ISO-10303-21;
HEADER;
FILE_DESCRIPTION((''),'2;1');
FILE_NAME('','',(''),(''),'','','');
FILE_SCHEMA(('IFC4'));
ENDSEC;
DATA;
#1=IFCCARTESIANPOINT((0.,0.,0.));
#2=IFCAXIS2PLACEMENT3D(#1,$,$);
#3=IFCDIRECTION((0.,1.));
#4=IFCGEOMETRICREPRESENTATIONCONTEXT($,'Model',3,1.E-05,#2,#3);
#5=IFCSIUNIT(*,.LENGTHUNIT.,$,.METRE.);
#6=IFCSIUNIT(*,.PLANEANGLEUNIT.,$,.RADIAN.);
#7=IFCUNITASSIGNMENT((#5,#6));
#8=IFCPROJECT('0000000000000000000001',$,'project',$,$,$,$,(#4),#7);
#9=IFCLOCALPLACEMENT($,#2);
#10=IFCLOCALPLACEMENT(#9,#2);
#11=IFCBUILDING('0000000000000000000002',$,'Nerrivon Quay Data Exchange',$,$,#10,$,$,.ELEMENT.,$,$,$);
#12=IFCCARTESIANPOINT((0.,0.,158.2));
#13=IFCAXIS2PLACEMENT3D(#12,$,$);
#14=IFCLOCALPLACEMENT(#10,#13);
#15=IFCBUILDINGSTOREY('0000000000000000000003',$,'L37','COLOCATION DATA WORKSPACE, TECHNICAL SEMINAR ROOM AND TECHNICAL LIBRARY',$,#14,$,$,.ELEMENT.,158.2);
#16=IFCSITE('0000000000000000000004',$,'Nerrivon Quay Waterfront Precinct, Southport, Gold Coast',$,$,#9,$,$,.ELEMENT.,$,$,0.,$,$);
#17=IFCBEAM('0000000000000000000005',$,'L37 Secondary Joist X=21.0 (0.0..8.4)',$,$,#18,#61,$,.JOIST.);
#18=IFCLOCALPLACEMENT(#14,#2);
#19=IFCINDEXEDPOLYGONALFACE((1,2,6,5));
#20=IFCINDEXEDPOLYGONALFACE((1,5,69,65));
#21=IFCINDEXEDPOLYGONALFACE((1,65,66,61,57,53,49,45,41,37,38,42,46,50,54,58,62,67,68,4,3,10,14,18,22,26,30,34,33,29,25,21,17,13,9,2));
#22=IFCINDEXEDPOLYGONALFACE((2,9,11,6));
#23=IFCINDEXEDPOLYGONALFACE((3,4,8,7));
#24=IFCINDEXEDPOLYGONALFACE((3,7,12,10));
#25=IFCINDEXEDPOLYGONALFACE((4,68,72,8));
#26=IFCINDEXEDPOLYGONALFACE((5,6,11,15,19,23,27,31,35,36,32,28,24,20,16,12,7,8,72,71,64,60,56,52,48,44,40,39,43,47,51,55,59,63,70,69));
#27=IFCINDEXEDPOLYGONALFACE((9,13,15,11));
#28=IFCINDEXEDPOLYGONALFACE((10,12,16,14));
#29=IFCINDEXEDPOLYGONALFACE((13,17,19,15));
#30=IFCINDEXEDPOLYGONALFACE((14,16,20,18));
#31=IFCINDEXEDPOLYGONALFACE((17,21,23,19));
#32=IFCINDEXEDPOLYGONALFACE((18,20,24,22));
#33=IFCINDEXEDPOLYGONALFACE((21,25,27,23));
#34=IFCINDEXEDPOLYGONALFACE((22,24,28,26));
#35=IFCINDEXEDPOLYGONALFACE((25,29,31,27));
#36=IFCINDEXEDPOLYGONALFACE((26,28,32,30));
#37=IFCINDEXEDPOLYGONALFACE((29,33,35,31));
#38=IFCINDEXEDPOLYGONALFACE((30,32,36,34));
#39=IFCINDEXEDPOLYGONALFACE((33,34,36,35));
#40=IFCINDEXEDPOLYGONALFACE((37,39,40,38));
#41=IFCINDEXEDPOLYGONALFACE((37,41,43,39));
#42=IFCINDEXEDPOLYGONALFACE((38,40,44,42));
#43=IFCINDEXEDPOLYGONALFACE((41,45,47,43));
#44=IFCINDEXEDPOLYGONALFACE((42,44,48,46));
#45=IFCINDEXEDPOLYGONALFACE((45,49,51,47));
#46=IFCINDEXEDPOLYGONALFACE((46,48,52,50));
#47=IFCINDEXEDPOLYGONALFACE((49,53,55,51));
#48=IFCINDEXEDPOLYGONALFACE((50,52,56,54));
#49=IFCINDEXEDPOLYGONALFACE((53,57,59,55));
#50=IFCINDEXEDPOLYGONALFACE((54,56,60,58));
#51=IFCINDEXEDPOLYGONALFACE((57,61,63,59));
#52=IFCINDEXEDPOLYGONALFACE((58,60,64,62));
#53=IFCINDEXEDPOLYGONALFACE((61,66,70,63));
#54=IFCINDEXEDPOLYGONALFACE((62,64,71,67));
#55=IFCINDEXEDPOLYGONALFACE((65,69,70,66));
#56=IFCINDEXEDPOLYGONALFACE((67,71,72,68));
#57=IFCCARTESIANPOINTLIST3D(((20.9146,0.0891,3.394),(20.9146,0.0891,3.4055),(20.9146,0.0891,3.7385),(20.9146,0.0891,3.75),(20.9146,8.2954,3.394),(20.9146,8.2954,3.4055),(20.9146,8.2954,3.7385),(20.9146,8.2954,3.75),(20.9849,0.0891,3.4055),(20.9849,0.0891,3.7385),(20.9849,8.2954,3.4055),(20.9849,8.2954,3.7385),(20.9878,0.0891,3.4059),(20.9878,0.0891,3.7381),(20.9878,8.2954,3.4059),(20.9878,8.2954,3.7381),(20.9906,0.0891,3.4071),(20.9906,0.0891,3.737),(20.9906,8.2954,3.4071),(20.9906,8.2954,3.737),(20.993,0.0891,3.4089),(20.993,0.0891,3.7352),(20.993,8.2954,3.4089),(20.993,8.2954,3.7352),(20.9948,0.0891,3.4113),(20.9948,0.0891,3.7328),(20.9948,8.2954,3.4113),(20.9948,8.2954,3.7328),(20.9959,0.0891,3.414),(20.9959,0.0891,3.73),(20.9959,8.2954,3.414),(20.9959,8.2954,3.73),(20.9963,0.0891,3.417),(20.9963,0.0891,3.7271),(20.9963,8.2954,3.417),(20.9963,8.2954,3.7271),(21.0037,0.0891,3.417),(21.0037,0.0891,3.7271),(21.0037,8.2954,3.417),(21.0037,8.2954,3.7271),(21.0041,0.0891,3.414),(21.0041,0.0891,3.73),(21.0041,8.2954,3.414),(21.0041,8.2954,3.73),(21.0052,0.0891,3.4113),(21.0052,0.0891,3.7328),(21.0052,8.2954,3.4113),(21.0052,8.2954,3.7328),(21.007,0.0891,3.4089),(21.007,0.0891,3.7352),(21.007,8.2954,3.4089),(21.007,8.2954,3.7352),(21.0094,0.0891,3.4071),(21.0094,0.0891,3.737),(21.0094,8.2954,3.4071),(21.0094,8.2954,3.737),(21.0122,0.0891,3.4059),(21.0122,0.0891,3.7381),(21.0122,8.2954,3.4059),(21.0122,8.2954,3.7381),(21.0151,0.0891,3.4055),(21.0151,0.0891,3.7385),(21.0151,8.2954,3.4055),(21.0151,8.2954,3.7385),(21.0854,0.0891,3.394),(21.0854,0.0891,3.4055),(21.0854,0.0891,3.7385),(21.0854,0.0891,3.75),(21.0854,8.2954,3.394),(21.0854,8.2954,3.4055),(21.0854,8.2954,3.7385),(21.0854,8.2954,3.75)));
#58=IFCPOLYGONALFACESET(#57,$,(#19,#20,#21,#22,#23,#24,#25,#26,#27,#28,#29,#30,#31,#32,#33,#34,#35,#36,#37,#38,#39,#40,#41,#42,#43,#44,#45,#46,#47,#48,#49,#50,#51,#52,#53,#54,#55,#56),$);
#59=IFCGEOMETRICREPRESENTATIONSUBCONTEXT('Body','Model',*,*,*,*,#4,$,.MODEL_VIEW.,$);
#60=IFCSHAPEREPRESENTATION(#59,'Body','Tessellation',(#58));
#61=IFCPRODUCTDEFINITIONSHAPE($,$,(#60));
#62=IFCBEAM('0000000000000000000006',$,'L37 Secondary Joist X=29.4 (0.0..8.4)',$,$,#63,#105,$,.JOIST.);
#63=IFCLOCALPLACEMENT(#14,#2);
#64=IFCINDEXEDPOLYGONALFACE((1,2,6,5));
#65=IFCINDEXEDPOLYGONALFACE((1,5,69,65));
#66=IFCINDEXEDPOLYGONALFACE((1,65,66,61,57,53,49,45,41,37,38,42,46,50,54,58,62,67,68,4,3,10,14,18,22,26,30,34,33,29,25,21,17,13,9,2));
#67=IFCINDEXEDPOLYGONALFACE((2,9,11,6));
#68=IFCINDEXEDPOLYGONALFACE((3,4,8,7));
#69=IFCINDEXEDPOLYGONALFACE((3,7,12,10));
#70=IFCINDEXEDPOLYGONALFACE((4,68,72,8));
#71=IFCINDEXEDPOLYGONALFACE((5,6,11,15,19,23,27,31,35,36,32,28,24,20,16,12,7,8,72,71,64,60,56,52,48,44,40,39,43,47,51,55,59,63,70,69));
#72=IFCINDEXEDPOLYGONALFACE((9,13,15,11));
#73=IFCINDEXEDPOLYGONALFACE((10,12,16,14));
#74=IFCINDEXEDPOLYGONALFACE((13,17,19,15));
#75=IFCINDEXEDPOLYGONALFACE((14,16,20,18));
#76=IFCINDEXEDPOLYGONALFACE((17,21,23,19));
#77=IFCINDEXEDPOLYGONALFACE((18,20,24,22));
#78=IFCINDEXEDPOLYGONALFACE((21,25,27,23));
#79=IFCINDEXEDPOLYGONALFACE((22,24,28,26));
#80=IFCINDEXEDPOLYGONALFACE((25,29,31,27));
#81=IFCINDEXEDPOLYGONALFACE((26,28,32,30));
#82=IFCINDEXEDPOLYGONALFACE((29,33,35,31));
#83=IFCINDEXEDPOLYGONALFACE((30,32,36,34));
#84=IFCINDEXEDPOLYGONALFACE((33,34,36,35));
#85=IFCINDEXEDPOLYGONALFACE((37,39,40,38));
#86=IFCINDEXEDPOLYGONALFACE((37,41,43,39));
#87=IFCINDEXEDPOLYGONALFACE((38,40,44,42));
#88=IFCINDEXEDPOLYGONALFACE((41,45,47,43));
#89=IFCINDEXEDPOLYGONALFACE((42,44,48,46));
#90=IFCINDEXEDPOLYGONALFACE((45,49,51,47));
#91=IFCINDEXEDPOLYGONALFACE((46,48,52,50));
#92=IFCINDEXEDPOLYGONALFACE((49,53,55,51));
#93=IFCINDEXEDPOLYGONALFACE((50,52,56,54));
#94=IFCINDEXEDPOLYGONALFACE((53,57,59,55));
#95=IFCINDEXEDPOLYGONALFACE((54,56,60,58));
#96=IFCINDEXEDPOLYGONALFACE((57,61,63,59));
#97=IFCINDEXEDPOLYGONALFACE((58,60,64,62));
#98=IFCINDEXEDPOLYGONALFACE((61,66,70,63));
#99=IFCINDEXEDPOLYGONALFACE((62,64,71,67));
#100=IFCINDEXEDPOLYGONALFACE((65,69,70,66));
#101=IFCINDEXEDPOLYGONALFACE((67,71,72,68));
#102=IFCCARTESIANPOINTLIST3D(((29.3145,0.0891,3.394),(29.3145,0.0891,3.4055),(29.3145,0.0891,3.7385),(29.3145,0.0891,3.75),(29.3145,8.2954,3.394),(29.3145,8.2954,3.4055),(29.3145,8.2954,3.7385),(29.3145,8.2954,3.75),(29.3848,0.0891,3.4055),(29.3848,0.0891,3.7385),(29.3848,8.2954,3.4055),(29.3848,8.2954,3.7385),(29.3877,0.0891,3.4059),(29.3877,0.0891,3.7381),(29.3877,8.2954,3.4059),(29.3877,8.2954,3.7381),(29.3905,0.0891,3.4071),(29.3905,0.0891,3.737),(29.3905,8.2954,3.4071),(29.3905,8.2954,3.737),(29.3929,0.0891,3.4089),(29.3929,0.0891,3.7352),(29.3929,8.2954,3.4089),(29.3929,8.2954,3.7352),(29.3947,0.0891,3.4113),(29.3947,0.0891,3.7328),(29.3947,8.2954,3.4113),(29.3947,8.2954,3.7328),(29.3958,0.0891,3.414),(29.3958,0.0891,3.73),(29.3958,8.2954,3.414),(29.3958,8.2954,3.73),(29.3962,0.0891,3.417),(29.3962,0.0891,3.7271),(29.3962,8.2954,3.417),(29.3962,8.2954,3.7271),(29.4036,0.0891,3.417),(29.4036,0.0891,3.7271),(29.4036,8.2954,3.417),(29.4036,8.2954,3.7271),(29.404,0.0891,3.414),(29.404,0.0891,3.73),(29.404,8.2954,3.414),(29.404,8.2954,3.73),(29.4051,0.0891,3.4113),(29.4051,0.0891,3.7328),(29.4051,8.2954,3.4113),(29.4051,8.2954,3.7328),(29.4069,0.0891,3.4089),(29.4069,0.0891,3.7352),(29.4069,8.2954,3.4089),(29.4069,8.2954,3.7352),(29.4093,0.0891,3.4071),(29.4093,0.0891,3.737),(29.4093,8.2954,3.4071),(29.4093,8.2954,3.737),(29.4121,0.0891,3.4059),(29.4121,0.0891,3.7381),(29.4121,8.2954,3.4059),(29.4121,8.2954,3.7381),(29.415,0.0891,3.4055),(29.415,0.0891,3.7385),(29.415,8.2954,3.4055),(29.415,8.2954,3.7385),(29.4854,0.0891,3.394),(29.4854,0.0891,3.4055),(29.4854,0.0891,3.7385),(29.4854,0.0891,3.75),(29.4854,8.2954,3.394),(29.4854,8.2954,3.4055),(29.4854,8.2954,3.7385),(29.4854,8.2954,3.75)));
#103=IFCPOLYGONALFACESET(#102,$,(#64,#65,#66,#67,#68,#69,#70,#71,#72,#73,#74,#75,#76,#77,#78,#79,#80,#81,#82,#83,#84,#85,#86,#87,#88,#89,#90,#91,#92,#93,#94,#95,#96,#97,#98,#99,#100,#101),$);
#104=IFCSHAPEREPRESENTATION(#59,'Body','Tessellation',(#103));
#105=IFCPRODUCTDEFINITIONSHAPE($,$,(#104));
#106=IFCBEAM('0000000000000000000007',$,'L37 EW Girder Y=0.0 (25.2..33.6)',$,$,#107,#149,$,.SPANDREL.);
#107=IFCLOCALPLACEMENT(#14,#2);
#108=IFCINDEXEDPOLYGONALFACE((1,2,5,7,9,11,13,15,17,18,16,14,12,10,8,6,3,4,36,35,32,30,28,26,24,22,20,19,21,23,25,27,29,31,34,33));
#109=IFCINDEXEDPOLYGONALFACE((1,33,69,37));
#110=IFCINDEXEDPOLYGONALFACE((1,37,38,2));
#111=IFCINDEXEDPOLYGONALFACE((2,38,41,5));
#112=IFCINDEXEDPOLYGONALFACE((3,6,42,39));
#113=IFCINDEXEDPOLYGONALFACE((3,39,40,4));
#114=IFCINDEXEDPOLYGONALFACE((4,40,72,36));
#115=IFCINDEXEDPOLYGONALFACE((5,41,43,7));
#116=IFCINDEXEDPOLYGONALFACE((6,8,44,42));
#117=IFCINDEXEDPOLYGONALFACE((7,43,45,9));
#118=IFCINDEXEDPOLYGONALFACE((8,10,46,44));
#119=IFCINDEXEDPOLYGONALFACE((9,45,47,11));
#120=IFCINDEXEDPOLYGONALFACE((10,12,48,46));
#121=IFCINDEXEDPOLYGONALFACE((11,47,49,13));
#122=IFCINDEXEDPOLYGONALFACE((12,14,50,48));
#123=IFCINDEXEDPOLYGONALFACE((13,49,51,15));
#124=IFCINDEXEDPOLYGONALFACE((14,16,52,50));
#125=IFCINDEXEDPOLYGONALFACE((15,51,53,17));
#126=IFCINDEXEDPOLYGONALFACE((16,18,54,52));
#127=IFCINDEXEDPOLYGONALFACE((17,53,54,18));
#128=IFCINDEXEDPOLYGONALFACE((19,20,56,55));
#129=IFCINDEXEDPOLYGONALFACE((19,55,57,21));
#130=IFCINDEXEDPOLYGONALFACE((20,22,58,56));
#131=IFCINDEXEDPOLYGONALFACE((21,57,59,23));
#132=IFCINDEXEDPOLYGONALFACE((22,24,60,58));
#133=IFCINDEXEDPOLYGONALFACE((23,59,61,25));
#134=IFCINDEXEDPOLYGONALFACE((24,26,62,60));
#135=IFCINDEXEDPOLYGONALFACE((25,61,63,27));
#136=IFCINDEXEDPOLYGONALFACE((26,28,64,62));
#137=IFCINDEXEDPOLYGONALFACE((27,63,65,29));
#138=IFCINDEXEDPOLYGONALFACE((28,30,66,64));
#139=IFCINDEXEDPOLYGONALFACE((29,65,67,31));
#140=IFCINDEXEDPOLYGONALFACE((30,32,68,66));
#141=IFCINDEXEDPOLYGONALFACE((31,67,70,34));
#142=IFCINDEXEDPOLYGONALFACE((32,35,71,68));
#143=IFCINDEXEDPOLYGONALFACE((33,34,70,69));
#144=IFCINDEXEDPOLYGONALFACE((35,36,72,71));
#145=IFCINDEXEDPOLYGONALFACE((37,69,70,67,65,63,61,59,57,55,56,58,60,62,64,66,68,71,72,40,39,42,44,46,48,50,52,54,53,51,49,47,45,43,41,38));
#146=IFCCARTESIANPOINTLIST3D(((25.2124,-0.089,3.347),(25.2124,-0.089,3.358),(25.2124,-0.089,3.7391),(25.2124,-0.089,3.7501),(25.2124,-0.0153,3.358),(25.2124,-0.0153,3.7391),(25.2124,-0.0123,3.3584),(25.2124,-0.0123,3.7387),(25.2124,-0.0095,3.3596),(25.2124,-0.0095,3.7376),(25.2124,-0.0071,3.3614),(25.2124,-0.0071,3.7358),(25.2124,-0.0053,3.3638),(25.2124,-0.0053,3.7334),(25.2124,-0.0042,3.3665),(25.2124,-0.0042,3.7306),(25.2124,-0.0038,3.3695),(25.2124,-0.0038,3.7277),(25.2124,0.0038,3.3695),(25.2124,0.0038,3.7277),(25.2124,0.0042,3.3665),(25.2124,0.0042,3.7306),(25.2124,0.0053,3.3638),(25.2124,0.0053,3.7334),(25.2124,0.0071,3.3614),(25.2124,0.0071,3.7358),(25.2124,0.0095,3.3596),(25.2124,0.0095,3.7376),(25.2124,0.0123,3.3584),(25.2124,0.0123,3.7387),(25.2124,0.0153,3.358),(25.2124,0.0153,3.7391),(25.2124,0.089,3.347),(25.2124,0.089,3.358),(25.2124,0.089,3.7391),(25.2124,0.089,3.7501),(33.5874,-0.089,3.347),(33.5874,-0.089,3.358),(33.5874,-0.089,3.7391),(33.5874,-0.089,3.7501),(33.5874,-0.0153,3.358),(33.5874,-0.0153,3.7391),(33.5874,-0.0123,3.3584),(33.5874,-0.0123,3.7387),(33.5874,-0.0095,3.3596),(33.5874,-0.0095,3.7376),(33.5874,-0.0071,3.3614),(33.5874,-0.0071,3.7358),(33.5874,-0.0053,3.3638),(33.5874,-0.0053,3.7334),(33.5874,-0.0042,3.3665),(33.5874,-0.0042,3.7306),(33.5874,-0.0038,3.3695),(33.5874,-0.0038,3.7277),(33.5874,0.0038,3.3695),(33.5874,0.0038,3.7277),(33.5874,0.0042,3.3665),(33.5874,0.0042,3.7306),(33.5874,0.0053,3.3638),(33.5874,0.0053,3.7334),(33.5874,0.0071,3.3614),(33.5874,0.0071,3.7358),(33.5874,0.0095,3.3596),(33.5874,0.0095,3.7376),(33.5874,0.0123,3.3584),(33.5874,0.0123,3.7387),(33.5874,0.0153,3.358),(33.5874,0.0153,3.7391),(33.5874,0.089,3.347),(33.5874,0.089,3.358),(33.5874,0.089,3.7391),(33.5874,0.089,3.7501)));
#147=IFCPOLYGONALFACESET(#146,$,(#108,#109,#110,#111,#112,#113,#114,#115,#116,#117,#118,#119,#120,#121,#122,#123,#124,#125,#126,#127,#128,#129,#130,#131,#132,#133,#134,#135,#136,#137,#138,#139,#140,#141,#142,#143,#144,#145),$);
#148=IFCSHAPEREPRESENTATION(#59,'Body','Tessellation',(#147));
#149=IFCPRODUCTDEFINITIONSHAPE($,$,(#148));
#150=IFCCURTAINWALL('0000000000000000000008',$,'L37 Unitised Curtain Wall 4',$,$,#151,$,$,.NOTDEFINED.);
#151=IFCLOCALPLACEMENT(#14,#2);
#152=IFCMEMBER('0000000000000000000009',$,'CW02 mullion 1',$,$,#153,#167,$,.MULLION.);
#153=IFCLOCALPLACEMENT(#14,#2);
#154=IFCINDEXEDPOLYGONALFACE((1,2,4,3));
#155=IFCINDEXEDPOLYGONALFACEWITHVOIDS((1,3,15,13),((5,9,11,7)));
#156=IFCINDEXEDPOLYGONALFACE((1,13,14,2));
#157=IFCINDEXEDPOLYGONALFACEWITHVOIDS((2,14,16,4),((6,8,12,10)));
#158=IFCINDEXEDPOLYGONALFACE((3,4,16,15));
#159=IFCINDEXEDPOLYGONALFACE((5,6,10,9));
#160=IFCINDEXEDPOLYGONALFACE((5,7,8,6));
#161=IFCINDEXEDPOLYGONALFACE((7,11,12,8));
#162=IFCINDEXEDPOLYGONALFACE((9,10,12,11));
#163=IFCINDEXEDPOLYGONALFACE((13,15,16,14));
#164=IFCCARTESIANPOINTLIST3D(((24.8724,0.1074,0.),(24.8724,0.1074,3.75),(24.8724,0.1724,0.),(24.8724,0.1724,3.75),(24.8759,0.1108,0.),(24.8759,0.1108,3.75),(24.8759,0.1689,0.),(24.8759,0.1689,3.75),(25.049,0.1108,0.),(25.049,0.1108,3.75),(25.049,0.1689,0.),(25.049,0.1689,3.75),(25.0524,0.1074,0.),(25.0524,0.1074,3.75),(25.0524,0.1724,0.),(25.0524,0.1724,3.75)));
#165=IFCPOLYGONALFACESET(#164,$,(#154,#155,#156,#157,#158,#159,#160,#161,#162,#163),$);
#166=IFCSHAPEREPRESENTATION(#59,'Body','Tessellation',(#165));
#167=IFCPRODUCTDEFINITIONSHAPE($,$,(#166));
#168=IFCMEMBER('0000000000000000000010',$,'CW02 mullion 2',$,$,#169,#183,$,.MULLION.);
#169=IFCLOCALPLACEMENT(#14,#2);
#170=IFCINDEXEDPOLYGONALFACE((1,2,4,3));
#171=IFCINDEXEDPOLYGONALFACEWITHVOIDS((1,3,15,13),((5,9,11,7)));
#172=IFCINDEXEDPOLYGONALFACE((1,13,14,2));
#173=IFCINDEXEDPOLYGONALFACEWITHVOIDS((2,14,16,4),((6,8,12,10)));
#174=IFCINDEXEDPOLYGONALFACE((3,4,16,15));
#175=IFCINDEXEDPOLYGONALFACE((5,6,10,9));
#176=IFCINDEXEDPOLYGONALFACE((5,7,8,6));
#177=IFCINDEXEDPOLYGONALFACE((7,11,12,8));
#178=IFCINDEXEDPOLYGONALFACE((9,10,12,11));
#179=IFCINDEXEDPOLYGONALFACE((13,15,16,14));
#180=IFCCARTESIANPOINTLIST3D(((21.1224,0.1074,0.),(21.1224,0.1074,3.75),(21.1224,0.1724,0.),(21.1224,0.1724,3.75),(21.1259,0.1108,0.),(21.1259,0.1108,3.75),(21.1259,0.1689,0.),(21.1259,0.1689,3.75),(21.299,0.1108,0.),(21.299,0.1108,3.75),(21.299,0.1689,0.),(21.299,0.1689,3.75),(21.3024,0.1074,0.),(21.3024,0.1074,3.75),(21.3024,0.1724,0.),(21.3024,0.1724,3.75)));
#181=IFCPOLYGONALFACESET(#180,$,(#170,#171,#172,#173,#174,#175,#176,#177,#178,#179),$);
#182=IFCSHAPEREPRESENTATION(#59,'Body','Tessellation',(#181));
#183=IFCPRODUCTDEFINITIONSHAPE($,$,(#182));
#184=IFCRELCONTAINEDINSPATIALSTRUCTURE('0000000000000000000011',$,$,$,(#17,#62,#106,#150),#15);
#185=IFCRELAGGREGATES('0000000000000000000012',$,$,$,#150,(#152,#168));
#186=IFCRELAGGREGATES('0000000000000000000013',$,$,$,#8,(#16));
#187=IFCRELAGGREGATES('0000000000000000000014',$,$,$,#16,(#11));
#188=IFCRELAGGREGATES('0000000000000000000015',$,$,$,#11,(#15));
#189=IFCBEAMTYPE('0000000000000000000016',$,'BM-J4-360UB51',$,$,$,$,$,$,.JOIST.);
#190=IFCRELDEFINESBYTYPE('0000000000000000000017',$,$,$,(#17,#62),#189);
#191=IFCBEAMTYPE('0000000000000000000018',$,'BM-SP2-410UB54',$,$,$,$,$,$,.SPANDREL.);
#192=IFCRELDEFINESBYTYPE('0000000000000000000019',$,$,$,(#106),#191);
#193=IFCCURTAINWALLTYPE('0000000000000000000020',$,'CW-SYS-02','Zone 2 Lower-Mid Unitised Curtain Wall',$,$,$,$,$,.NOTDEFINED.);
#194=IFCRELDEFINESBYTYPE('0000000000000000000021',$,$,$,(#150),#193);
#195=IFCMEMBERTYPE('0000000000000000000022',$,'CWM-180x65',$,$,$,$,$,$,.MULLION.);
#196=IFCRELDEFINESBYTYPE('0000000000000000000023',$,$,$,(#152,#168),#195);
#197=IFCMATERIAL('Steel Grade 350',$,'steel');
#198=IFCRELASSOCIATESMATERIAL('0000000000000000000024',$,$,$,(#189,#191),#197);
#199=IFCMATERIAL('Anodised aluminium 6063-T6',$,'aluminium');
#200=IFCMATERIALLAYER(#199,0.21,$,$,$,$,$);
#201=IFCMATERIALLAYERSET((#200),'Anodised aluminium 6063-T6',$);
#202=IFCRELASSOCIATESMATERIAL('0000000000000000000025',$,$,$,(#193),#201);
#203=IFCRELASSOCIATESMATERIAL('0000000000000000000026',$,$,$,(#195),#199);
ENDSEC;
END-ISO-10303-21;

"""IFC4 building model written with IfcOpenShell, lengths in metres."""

from ifc_helpers import new_model, si_unit, direction, frame, origin, origin_2d, place, context, subcontext, project, spatial, hollow_rectangle, i_section, extrude, material, layer, layer_set, material_profile, profile_set, type_object, element, aggregate, save


model = new_model("IFC4")

# Units and contexts
model_context = context("Model", 3, precision=1e-05, world=origin(), true_north=direction((0.0, 1.0)))
body_context = subcontext(model_context, "Body", "Model", "MODEL_VIEW")
ifc_project = project(units=[si_unit("LENGTHUNIT", "METRE"), si_unit("PLANEANGLEUNIT", "RADIAN")], contexts=[model_context])

# Site, building, storey
site_placement = place(None, origin())
site = spatial("IfcSite", under=ifc_project, at=site_placement, Name="Nerrivon Quay Waterfront Precinct, Southport, Gold Coast", CompositionType="ELEMENT", RefElevation=0.0)
building_placement = place(site_placement, origin())
building = spatial("IfcBuilding", under=site, at=building_placement, Name="Nerrivon Quay Data Exchange", CompositionType="ELEMENT")
storey_placement = place(building_placement, frame((0.0, 0.0, 158.2)))
storey = spatial("IfcBuildingStorey", under=building, at=storey_placement, Name="L37", Description="COLOCATION DATA WORKSPACE, TECHNICAL SEMINAR ROOM AND TECHNICAL LIBRARY", CompositionType="ELEMENT", Elevation=158.2)

# Shared definitions
ifc_material_1 = material(Name="Steel Grade 350", Category="steel")

# Beams
ifc_material_profile_1 = material_profile(ifc_material_1, i_section(OverallWidth=0.1709, OverallDepth=0.356, WebThickness=0.0073, FlangeThickness=0.0115, FilletRadius=0.0115, at=origin_2d()), Name="360UB50.7")
ifc_profile_set_1 = profile_set([ifc_material_profile_1], Name="Steel Grade 350")
beam_type_1 = type_object("IfcBeamType", Name="BM-J4-360UB51", PredefinedType="JOIST", material=ifc_profile_set_1)
for number, where, z_axis, x_axis, name in (
    (1, (21.0, 0.0891, 3.572), (0.0, 1.0, 0.0), (-1.0, 0.0, 0.0), "L37 Secondary Joist X=21.0 (0.0..8.4)"),
    (2, (29.3999, 0.0891, 3.572), (0.0, 1.0, 0.0), (-1.0, 0.0, 0.0), "L37 Secondary Joist X=29.4 (0.0..8.4)"),
):
    element("IfcBeam", number, at=place(storey_placement, frame(where, z_axis=z_axis, x_axis=x_axis)), inside=storey, type_object=beam_type_1, Name=name, PredefinedType="JOIST", context=body_context, shape_type="SweptSolid", body=[
        extrude(i_section(OverallWidth=0.1709, OverallDepth=0.356, WebThickness=0.0073, FlangeThickness=0.0115, FilletRadius=0.0115, at=origin_2d()), origin(), (0.0, 0.0, 1.0), 8.2063),
    ])
ifc_material_profile_2 = material_profile(ifc_material_1, i_section(OverallWidth=0.178, OverallDepth=0.4031, WebThickness=0.0076, FlangeThickness=0.011, FilletRadius=0.0115, at=origin_2d()), Name="410UB53.7")
ifc_profile_set_2 = profile_set([ifc_material_profile_2], Name="Steel Grade 350")
beam_type_2 = type_object("IfcBeamType", Name="BM-SP2-410UB54", PredefinedType="SPANDREL", material=ifc_profile_set_2)
beam_1_placement = place(storey_placement, frame((25.2124, 0.0, 3.5486), z_axis=(1.0, 0.0, 0.0), x_axis=(0.0, 1.0, 0.0)))
element("IfcBeam", 3, at=beam_1_placement, inside=storey, type_object=beam_type_2, Name="L37 EW Girder Y=0.0 (25.2..33.6)", PredefinedType="SPANDREL", context=body_context, shape_type="SweptSolid", body=[
    extrude(i_section(OverallWidth=0.178, OverallDepth=0.4031, WebThickness=0.0076, FlangeThickness=0.011, FilletRadius=0.0115, at=origin_2d()), origin(), (0.0, 0.0, 1.0), 8.375),
])

# Curtain wall, members
ifc_material_2 = material(Name="Anodised aluminium 6063-T6", Category="aluminium")
ifc_layer_1 = layer(ifc_material_2, 0.21)
ifc_layer_set_1 = layer_set([ifc_layer_1], Name="Anodised aluminium 6063-T6")
curtain_wall_type = type_object("IfcCurtainWallType", Name="CW-SYS-02", Description="Zone 2 Lower-Mid Unitised Curtain Wall", PredefinedType="NOTDEFINED", material=ifc_layer_set_1)
curtain_wall_placement = place(storey_placement, origin())
curtain_wall = element("IfcCurtainWall", 4, at=curtain_wall_placement, inside=storey, type_object=curtain_wall_type, Name="L37 Unitised Curtain Wall 4", PredefinedType="NOTDEFINED")
ifc_material_profile_3 = material_profile(ifc_material_2, hollow_rectangle(XDim=0.0649, YDim=0.1799, WallThickness=0.0034, at=origin_2d()), Name="ALU-MULL-180x65")
ifc_profile_set_3 = profile_set([ifc_material_profile_3], Name="Anodised aluminium 6063-T6")
member_type_1 = type_object("IfcMemberType", Name="CWM-180x65", PredefinedType="MULLION", material=ifc_profile_set_3)
member_1_placement = place(storey_placement, frame((24.9624, 0.1399, 0.0), z_axis=(0.0, 0.0, 1.0), x_axis=(0.0, -1.0, 0.0)))
member_1 = element("IfcMember", 5, at=member_1_placement, type_object=member_type_1, Name="CW02 mullion 1", PredefinedType="MULLION", context=body_context, shape_type="SweptSolid", body=[
    extrude(hollow_rectangle(XDim=0.0649, YDim=0.1799, WallThickness=0.0034, at=origin_2d()), origin(), (0.0, 0.0, 1.0), 3.75),
])
member_2_placement = place(storey_placement, frame((21.2124, 0.1399, 0.0), z_axis=(0.0, 0.0, 1.0), x_axis=(0.0, -1.0, 0.0)))
member_2 = element("IfcMember", 6, at=member_2_placement, type_object=member_type_1, Name="CW02 mullion 2", PredefinedType="MULLION", context=body_context, shape_type="SweptSolid", body=[
    extrude(hollow_rectangle(XDim=0.0649, YDim=0.1799, WallThickness=0.0034, at=origin_2d()), origin(), (0.0, 0.0, 1.0), 3.75),
])
aggregate(curtain_wall, [member_1, member_2])

save(model, "model.ifc")
